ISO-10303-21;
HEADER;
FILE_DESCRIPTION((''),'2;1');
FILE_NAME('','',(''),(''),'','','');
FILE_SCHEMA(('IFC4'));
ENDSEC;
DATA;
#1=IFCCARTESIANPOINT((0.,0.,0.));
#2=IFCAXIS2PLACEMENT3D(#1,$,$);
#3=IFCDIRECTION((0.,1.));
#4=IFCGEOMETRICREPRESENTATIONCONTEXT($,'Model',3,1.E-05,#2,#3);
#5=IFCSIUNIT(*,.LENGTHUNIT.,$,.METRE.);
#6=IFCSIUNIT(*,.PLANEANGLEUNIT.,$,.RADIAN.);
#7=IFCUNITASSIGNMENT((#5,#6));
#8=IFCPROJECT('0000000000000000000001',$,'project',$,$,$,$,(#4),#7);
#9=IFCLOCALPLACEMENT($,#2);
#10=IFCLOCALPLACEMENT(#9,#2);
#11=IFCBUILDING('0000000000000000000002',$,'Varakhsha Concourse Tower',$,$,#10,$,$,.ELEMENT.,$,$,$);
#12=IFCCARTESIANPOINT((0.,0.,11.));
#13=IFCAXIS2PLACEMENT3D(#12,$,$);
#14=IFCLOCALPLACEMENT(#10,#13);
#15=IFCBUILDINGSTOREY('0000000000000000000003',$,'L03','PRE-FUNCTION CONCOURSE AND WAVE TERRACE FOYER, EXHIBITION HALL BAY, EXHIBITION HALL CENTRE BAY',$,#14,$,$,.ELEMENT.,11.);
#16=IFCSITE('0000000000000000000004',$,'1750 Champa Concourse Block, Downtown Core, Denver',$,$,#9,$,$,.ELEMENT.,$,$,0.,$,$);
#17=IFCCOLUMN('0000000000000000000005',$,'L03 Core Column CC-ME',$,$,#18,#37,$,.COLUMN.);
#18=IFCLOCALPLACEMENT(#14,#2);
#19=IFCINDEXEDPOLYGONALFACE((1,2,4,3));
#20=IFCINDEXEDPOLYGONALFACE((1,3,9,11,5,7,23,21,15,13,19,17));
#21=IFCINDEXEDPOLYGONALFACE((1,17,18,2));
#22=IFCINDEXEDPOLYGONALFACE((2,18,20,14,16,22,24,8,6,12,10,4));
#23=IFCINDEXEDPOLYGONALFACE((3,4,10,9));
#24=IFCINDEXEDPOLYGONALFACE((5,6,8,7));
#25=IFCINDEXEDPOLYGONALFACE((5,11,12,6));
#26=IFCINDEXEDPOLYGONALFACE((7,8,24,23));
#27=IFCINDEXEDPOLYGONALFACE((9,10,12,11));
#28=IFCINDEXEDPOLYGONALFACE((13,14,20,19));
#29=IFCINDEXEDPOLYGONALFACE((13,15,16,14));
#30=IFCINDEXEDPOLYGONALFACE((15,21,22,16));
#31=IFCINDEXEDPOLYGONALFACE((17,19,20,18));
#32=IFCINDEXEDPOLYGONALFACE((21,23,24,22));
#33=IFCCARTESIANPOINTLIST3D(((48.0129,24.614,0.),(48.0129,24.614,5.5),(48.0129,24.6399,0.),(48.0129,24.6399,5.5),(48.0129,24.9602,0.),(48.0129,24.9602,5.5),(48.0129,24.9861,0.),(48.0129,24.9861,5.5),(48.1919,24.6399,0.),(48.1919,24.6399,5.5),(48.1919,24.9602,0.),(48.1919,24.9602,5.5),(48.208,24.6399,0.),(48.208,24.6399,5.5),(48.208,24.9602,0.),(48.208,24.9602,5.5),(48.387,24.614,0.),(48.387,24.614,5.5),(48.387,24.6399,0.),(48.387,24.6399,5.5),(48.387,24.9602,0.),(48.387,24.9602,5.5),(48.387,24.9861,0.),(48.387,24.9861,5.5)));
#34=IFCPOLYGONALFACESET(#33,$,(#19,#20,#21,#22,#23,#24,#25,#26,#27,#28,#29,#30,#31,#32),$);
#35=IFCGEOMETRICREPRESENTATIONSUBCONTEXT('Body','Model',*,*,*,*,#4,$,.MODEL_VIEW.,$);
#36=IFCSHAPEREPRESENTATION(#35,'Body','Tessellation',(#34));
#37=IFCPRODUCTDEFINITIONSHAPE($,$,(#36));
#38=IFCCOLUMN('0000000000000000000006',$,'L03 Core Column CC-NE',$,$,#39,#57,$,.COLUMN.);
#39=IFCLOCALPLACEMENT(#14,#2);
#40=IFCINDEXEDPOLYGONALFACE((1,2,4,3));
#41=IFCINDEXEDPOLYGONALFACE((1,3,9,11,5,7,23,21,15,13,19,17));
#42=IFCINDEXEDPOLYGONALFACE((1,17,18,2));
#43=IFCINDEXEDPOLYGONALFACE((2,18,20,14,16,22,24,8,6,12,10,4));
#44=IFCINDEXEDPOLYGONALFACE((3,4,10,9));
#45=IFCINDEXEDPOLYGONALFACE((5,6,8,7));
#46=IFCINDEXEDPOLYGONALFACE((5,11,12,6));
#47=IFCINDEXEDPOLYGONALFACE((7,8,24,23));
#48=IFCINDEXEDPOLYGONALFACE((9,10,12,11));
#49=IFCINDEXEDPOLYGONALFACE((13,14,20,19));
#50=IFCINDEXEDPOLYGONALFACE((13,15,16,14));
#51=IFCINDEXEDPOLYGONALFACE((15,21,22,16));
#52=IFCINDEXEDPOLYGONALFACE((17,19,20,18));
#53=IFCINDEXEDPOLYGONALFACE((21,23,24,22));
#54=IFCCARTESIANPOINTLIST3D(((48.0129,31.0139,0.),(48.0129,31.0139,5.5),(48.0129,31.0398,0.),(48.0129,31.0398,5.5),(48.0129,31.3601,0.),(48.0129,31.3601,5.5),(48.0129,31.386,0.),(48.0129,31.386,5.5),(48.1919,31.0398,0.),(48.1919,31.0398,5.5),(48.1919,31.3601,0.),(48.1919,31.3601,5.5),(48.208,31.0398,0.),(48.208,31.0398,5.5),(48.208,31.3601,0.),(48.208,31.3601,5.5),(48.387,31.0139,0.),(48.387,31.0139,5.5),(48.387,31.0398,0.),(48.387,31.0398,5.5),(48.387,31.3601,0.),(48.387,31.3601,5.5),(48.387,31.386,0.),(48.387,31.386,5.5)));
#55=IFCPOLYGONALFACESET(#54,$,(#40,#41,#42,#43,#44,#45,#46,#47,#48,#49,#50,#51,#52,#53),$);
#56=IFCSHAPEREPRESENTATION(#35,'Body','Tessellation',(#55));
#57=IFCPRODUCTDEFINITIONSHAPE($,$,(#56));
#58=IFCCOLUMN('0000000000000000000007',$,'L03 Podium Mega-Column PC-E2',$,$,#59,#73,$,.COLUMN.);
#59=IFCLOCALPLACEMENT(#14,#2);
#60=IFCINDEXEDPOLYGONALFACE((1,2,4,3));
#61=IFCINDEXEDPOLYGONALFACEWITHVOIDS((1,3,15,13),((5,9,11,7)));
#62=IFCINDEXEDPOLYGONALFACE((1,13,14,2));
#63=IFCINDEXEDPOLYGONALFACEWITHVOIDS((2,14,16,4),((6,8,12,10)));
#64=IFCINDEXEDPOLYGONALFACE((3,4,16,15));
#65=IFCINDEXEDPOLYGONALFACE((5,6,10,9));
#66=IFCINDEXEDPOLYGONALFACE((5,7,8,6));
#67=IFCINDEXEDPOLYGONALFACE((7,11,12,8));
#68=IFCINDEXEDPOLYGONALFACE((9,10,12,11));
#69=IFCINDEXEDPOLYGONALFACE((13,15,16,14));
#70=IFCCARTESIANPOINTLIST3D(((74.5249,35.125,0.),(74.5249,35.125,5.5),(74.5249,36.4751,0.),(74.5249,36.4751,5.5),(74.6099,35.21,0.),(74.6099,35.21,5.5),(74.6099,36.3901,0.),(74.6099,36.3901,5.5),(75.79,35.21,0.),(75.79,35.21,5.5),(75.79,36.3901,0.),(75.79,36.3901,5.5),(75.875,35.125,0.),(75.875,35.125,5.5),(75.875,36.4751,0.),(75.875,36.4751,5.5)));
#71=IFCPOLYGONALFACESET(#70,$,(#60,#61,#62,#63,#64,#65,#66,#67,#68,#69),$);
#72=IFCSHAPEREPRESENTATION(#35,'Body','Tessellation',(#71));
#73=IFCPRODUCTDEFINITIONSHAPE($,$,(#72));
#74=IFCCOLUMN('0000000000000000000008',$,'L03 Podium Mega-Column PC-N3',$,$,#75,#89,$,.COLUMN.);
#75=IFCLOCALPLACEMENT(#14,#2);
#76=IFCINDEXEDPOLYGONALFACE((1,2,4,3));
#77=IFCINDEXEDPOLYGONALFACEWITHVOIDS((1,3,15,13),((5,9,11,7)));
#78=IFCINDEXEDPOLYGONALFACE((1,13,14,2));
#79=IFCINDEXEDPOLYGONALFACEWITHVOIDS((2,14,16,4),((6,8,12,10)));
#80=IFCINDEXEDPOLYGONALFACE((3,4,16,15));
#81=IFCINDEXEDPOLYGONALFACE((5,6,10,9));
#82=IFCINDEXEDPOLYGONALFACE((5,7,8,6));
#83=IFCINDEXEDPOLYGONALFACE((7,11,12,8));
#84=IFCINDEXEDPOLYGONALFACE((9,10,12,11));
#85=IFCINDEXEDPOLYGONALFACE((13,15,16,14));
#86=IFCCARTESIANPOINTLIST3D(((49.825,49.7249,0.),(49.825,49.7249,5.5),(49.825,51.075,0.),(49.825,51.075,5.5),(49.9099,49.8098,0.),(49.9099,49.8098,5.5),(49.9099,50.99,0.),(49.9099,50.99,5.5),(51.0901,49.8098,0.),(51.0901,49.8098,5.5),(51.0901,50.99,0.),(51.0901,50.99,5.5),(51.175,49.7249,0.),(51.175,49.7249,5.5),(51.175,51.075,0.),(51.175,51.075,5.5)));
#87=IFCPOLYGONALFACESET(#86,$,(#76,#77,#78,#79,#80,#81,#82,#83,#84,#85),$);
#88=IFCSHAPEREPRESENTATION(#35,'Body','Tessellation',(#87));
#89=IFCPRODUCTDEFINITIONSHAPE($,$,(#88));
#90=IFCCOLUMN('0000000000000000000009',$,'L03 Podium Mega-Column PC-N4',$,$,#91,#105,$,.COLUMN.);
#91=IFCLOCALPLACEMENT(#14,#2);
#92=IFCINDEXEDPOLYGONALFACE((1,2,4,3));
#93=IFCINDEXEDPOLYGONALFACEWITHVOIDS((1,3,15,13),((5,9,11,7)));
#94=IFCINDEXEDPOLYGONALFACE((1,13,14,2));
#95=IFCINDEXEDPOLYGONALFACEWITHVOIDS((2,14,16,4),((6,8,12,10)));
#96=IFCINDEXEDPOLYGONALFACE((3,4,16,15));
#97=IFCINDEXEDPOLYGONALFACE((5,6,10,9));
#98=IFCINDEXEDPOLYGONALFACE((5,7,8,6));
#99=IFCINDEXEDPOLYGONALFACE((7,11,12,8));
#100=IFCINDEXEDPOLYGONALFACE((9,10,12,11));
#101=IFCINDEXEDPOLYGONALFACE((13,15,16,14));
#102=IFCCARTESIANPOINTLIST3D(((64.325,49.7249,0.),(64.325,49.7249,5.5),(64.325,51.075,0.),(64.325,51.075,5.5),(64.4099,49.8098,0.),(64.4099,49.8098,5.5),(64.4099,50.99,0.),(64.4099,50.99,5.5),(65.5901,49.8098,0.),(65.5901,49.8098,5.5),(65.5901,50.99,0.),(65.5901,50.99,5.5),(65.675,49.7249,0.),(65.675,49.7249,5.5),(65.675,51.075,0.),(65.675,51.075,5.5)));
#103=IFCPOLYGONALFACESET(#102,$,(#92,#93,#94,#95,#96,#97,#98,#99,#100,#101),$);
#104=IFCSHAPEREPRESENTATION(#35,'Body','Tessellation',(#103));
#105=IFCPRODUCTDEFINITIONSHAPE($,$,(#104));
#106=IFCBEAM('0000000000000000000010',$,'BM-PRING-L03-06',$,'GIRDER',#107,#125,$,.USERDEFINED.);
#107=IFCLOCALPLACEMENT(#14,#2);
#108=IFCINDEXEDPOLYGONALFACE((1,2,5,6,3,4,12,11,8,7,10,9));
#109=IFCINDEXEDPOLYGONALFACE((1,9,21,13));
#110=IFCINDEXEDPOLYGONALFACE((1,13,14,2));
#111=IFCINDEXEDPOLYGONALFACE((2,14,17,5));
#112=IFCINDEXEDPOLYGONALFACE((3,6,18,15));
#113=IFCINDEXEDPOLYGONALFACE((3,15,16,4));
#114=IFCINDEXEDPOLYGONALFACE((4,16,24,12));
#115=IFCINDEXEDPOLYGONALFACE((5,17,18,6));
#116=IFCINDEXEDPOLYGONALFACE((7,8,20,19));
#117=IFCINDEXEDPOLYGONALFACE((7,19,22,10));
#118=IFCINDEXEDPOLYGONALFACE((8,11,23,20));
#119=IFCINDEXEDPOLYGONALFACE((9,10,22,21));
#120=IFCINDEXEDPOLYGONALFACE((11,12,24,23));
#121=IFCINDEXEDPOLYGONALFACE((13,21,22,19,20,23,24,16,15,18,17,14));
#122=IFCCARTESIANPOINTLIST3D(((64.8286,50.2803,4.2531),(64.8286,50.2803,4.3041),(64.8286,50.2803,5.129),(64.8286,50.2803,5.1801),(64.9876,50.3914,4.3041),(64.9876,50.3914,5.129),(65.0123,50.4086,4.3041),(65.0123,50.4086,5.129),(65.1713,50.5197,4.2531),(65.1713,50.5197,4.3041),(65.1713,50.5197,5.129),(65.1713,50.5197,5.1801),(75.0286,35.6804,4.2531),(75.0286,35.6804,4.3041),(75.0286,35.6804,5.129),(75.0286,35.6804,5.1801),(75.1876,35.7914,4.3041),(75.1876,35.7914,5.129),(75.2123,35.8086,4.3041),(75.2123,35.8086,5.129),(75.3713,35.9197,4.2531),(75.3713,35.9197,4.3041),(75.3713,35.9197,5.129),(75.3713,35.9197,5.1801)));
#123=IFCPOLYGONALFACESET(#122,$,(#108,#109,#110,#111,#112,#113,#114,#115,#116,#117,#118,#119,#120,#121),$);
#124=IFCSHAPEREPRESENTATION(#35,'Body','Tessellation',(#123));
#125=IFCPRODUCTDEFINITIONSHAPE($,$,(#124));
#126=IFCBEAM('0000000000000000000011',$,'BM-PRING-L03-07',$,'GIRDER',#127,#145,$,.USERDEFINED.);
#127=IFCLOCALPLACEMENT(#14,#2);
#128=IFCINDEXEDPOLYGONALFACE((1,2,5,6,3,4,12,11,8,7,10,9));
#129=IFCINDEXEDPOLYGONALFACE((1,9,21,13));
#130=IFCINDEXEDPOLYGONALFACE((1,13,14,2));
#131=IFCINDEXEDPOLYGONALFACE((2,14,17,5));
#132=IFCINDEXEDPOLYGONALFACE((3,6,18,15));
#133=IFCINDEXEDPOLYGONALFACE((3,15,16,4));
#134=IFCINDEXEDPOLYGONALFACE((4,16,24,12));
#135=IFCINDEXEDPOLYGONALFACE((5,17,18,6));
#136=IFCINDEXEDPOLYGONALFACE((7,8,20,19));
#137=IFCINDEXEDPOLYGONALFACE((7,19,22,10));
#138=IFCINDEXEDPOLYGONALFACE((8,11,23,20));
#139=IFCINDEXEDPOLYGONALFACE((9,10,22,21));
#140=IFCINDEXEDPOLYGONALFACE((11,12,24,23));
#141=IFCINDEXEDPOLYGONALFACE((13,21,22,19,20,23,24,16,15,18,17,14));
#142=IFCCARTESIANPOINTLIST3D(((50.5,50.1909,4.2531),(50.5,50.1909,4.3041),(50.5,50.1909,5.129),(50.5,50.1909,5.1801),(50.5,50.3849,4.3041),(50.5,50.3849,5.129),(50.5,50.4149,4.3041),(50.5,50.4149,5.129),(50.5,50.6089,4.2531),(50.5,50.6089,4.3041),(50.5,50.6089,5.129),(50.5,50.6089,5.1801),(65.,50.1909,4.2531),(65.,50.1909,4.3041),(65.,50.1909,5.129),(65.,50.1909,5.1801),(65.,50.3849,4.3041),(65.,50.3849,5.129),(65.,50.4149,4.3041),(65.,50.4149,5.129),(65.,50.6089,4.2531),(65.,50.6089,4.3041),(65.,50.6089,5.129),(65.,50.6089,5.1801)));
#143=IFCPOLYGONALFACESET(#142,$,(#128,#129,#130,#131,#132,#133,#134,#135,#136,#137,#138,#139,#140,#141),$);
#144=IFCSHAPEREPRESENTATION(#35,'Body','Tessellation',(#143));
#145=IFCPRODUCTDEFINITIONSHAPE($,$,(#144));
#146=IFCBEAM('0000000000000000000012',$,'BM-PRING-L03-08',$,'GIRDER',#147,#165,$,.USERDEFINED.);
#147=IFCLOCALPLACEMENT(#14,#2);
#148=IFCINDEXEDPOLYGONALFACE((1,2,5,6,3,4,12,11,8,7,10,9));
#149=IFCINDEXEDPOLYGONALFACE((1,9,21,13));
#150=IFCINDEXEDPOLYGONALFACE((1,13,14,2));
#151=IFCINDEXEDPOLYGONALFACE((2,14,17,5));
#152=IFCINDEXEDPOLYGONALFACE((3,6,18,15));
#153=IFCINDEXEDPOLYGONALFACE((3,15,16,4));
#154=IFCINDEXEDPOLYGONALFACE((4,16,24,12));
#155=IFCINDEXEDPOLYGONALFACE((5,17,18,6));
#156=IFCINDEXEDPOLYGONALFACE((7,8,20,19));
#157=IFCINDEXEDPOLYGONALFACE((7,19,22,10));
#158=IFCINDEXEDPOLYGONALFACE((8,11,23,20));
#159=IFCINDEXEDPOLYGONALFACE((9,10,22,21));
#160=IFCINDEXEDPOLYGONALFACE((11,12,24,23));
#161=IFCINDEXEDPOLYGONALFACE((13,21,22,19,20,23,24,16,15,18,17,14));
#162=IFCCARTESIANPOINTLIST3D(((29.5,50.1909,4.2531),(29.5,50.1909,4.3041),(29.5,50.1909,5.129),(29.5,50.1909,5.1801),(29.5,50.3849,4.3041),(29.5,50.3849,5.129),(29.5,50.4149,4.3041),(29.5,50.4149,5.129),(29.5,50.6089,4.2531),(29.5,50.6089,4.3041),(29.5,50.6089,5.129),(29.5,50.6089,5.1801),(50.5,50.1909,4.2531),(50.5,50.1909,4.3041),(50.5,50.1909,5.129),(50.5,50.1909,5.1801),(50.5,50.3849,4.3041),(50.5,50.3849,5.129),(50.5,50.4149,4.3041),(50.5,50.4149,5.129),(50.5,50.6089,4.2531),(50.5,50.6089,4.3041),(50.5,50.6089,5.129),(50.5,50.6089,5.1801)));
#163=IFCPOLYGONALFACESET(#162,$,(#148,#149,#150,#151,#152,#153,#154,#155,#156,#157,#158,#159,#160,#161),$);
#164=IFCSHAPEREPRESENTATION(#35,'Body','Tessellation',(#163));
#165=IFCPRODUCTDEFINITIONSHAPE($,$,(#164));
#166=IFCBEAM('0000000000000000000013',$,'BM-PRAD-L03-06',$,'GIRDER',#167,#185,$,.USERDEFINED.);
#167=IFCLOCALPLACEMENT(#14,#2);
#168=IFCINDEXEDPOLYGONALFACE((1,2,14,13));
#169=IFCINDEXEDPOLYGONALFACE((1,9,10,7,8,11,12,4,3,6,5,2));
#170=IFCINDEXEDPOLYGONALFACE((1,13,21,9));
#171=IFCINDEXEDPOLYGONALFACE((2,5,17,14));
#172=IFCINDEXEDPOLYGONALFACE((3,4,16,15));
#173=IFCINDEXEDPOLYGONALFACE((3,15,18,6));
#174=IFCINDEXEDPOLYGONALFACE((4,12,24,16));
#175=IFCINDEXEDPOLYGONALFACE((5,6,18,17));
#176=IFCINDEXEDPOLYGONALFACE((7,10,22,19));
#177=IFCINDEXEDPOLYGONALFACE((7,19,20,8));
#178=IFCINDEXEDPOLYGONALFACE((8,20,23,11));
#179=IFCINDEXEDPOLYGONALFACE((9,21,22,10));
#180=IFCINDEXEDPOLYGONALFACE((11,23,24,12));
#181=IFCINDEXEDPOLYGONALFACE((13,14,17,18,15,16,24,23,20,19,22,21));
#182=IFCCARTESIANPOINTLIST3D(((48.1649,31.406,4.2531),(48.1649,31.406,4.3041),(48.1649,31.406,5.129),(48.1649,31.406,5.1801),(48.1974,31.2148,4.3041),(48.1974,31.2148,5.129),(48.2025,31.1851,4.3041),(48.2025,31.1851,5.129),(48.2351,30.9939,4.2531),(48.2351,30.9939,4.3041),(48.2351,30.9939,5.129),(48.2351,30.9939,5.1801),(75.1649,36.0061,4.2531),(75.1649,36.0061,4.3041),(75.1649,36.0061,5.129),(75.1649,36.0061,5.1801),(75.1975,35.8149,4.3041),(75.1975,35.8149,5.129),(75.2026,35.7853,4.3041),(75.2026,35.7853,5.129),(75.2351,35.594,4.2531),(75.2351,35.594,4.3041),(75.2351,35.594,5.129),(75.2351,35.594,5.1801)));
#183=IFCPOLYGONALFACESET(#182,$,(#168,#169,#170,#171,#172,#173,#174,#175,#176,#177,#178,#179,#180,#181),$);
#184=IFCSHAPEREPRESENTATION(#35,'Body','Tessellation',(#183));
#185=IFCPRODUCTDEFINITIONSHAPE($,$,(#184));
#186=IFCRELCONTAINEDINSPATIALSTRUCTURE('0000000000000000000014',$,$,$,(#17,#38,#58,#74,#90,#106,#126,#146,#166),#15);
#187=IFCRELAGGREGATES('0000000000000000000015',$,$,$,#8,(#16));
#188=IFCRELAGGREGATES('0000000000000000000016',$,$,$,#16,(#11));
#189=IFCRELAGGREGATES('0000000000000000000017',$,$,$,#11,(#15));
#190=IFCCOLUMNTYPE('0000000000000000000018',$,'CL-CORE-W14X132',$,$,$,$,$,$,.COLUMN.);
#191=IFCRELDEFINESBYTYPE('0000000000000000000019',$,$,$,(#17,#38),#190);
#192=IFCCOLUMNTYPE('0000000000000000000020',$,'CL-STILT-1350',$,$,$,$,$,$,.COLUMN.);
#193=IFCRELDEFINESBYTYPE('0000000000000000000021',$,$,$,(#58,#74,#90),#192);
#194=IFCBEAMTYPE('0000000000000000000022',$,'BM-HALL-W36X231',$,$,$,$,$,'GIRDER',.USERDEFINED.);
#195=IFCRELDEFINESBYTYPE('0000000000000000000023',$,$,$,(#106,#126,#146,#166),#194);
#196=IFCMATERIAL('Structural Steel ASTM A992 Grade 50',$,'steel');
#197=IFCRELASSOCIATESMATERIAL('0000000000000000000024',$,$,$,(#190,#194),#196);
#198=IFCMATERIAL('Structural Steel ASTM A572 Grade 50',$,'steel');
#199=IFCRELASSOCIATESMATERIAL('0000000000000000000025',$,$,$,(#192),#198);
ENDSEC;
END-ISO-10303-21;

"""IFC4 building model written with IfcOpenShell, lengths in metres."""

from ifc_helpers import new_model, si_unit, direction, frame, origin, origin_2d, place, context, subcontext, project, spatial, hollow_rectangle, i_section, extrude, material, material_profile, profile_set, type_object, element, save


model = new_model("IFC4")

# Units and contexts
model_context = context("Model", 3, precision=1e-05, world=origin(), true_north=direction((0.0, 1.0)))
body_context = subcontext(model_context, "Body", "Model", "MODEL_VIEW")
ifc_project = project(units=[si_unit("LENGTHUNIT", "METRE"), si_unit("PLANEANGLEUNIT", "RADIAN")], contexts=[model_context])

# Site, building, storey
site_placement = place(None, origin())
site = spatial("IfcSite", under=ifc_project, at=site_placement, Name="1750 Champa Concourse Block, Downtown Core, Denver", CompositionType="ELEMENT", RefElevation=0.0)
building_placement = place(site_placement, origin())
building = spatial("IfcBuilding", under=site, at=building_placement, Name="Varakhsha Concourse Tower", CompositionType="ELEMENT")
storey_placement = place(building_placement, frame((0.0, 0.0, 11.0)))
storey = spatial("IfcBuildingStorey", under=building, at=storey_placement, Name="L03", Description="PRE-FUNCTION CONCOURSE AND WAVE TERRACE FOYER, EXHIBITION HALL BAY, EXHIBITION HALL CENTRE BAY", CompositionType="ELEMENT", Elevation=11.0)

# Columns
ifc_material_1 = material(Name="Structural Steel ASTM A992 Grade 50", Category="steel")
ifc_material_profile_1 = material_profile(ifc_material_1, i_section(OverallWidth=0.374, OverallDepth=0.3721, WebThickness=0.0161, FlangeThickness=0.0259, at=origin_2d()), Name="W14X132")
ifc_profile_set_1 = profile_set([ifc_material_profile_1], Name="Structural Steel ASTM A992 Grade 50")
column_type_1 = type_object("IfcColumnType", Name="CL-CORE-W14X132", PredefinedType="COLUMN", material=ifc_profile_set_1)
for number, where, z_axis, x_axis, name in (
    (1, (48.2, 24.8, 0.0), (0.0, 0.0, 1.0), (1.0, 0.0, 0.0), "L03 Core Column CC-ME"),
    (2, (48.2, 31.2, 0.0), (0.0, 0.0, 1.0), (1.0, 0.0, 0.0), "L03 Core Column CC-NE"),
):
    element("IfcColumn", number, at=place(storey_placement, frame(where, z_axis=z_axis, x_axis=x_axis)), inside=storey, type_object=column_type_1, Name=name, PredefinedType="COLUMN", context=body_context, shape_type="SweptSolid", body=[
        extrude(i_section(OverallWidth=0.374, OverallDepth=0.3721, WebThickness=0.0161, FlangeThickness=0.0259, at=origin_2d()), origin(), (0.0, 0.0, 1.0), 5.5),
    ])
ifc_material_2 = material(Name="Structural Steel ASTM A572 Grade 50", Category="steel")
ifc_material_profile_2 = material_profile(ifc_material_2, hollow_rectangle(XDim=1.3501, YDim=1.3501, WallThickness=0.085, at=origin_2d()), Name="BOX 1350x1350x85")
ifc_profile_set_2 = profile_set([ifc_material_profile_2], Name="Structural Steel ASTM A572 Grade 50")
column_type_2 = type_object("IfcColumnType", Name="CL-STILT-1350", PredefinedType="COLUMN", material=ifc_profile_set_2)
for number, where, z_axis, x_axis, name in (
    (3, (75.2, 35.8, 0.0), (0.0, 0.0, 1.0), (1.0, 0.0, 0.0), "L03 Podium Mega-Column PC-E2"),
    (4, (50.5, 50.3999, 0.0), (0.0, 0.0, 1.0), (1.0, 0.0, 0.0), "L03 Podium Mega-Column PC-N3"),
    (5, (65.0, 50.3999, 0.0), (0.0, 0.0, 1.0), (1.0, 0.0, 0.0), "L03 Podium Mega-Column PC-N4"),
):
    element("IfcColumn", number, at=place(storey_placement, frame(where, z_axis=z_axis, x_axis=x_axis)), inside=storey, type_object=column_type_2, Name=name, PredefinedType="COLUMN", context=body_context, shape_type="SweptSolid", body=[
        extrude(hollow_rectangle(XDim=1.3501, YDim=1.3501, WallThickness=0.085, at=origin_2d()), origin(), (0.0, 0.0, 1.0), 5.5),
    ])

# Beams
ifc_material_profile_3 = material_profile(ifc_material_1, i_section(OverallWidth=0.418, OverallDepth=0.927, WebThickness=0.03, FlangeThickness=0.051, at=origin_2d()), Name="W36X231")
ifc_profile_set_3 = profile_set([ifc_material_profile_3], Name="Structural Steel ASTM A992 Grade 50")
beam_type_1 = type_object("IfcBeamType", Name="BM-HALL-W36X231", ElementType="GIRDER", PredefinedType="USERDEFINED", material=ifc_profile_set_3)
beam_1_placement = place(storey_placement, frame((75.2, 35.8, 4.7166), z_axis=(-0.57271, 0.819758, 0.0), x_axis=(-0.819758, -0.57271, 0.0)))
element("IfcBeam", 6, at=beam_1_placement, inside=storey, type_object=beam_type_1, Name="BM-PRING-L03-06", ObjectType="GIRDER", PredefinedType="USERDEFINED", context=body_context, shape_type="SweptSolid", body=[
    extrude(i_section(OverallWidth=0.418, OverallDepth=0.927, WebThickness=0.03, FlangeThickness=0.051, at=origin_2d()), origin(), (0.0, 0.0, 1.0), 17.8101),
])
beam_2_placement = place(storey_placement, frame((65.0, 50.3999, 4.7166), z_axis=(-1.0, 0.0, 0.0), x_axis=(0.0, -1.0, 0.0)))
element("IfcBeam", 7, at=beam_2_placement, inside=storey, type_object=beam_type_1, Name="BM-PRING-L03-07", ObjectType="GIRDER", PredefinedType="USERDEFINED", context=body_context, shape_type="SweptSolid", body=[
    extrude(i_section(OverallWidth=0.418, OverallDepth=0.927, WebThickness=0.03, FlangeThickness=0.051, at=origin_2d()), origin(), (0.0, 0.0, 1.0), 14.5),
])
beam_3_placement = place(storey_placement, frame((50.5, 50.3999, 4.7166), z_axis=(-1.0, 0.0, 0.0), x_axis=(0.0, -1.0, 0.0)))
element("IfcBeam", 8, at=beam_3_placement, inside=storey, type_object=beam_type_1, Name="BM-PRING-L03-08", ObjectType="GIRDER", PredefinedType="USERDEFINED", context=body_context, shape_type="SweptSolid", body=[
    extrude(i_section(OverallWidth=0.418, OverallDepth=0.927, WebThickness=0.03, FlangeThickness=0.051, at=origin_2d()), origin(), (0.0, 0.0, 1.0), 21.0),
])
beam_4_placement = place(storey_placement, frame((48.2, 31.2, 4.7166), z_axis=(0.985795, 0.167954, 0.0), x_axis=(-0.167954, 0.985795, 0.0)))
element("IfcBeam", 9, at=beam_4_placement, inside=storey, type_object=beam_type_1, Name="BM-PRAD-L03-06", ObjectType="GIRDER", PredefinedType="USERDEFINED", context=body_context, shape_type="SweptSolid", body=[
    extrude(i_section(OverallWidth=0.418, OverallDepth=0.927, WebThickness=0.03, FlangeThickness=0.051, at=origin_2d()), origin(), (0.0, 0.0, 1.0), 27.3892),
])

save(model, "model.ifc")
